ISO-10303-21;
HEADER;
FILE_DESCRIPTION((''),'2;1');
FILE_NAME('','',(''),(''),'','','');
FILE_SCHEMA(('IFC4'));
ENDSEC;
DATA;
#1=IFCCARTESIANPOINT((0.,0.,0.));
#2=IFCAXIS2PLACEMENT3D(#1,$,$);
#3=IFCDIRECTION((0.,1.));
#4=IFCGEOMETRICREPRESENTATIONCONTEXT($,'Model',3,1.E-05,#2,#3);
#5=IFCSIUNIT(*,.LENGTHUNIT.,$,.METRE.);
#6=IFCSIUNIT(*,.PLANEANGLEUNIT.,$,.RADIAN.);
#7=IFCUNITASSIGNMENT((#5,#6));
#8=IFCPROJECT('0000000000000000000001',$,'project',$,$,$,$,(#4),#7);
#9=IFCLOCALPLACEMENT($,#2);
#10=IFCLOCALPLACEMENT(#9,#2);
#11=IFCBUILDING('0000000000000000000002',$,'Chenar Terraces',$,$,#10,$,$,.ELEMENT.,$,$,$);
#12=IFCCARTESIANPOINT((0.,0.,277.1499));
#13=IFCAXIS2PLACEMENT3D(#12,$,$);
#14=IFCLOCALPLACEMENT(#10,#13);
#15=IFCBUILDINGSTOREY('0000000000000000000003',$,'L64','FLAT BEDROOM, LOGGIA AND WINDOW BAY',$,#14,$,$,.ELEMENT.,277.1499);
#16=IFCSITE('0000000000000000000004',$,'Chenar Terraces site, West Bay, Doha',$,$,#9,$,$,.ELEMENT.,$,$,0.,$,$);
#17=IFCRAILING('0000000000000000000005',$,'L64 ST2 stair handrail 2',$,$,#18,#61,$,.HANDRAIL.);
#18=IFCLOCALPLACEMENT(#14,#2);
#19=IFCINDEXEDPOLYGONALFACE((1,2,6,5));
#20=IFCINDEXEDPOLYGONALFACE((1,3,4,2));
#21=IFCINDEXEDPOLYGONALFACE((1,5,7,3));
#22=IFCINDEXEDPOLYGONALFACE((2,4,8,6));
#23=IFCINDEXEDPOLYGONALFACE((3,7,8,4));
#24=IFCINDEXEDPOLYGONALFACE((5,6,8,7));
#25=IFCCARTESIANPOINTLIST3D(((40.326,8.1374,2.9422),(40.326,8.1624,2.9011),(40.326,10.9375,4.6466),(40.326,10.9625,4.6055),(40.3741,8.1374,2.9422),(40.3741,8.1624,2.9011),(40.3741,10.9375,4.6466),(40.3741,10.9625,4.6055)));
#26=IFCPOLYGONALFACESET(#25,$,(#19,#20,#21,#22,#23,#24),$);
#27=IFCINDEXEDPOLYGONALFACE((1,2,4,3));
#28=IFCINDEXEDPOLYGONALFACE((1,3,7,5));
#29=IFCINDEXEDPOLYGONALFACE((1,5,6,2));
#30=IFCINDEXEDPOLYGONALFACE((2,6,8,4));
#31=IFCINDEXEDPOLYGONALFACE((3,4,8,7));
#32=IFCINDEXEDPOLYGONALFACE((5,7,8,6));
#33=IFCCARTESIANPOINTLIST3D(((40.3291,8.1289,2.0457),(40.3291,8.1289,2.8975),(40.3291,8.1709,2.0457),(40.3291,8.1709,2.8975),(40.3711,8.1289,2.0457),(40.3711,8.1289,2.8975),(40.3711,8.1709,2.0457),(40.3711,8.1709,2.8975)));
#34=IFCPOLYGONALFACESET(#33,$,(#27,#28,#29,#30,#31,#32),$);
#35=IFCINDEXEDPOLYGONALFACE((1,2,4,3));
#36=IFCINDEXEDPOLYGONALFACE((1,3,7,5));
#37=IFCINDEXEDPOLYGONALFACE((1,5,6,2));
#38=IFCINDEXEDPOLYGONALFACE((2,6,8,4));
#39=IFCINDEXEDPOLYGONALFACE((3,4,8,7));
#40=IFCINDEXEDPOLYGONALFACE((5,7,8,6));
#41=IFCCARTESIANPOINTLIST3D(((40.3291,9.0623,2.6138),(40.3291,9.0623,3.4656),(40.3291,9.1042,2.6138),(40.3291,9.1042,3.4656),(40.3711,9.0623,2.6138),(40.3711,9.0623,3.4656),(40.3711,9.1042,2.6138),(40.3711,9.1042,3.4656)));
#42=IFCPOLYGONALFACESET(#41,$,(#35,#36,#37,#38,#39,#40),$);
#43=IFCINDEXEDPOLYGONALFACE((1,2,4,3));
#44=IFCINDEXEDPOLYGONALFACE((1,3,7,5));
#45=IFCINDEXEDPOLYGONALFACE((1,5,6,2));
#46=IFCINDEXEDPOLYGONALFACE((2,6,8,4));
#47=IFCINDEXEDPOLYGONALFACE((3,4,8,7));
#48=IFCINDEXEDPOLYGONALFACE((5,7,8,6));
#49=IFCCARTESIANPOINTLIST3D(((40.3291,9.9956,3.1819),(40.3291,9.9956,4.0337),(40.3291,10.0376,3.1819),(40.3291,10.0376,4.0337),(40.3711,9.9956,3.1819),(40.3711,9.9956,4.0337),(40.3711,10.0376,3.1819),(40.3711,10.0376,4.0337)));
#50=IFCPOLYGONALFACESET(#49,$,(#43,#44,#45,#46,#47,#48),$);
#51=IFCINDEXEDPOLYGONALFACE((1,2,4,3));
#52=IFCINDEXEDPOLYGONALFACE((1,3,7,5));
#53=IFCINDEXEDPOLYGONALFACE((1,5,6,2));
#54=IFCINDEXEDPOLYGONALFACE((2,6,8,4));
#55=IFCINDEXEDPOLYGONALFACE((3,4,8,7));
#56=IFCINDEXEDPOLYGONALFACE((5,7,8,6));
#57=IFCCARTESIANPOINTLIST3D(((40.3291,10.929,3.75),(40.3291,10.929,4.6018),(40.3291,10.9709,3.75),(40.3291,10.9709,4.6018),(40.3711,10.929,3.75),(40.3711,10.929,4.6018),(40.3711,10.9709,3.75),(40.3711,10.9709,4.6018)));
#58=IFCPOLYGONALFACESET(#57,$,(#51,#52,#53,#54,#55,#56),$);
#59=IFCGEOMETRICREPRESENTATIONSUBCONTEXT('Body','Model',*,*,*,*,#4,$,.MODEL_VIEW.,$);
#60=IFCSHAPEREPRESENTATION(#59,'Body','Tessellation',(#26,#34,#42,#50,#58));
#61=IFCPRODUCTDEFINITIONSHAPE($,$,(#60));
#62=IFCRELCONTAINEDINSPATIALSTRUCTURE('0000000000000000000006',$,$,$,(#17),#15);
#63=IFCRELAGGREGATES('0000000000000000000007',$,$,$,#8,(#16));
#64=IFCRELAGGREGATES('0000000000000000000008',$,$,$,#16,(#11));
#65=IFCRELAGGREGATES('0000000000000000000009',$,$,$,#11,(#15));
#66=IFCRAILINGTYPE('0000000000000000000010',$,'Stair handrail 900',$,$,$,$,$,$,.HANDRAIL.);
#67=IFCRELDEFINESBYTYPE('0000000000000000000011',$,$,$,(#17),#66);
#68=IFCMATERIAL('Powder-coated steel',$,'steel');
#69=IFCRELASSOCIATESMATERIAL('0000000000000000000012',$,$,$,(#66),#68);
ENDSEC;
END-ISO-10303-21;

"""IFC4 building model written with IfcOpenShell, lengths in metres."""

from ifc_helpers import new_model, si_unit, direction, frame, origin, origin_2d, place, context, subcontext, project, spatial, rectangle, extrude, material, type_object, element, save


model = new_model("IFC4")

# Units and contexts
model_context = context("Model", 3, precision=1e-05, world=origin(), true_north=direction((0.0, 1.0)))
body_context = subcontext(model_context, "Body", "Model", "MODEL_VIEW")
ifc_project = project(units=[si_unit("LENGTHUNIT", "METRE"), si_unit("PLANEANGLEUNIT", "RADIAN")], contexts=[model_context])

# Site, building, storey
site_placement = place(None, origin())
site = spatial("IfcSite", under=ifc_project, at=site_placement, Name="Chenar Terraces site, West Bay, Doha", CompositionType="ELEMENT", RefElevation=0.0)
building_placement = place(site_placement, origin())
building = spatial("IfcBuilding", under=site, at=building_placement, Name="Chenar Terraces", CompositionType="ELEMENT")
storey_placement = place(building_placement, frame((0.0, 0.0, 277.1499)))
storey = spatial("IfcBuildingStorey", under=building, at=storey_placement, Name="L64", Description="FLAT BEDROOM, LOGGIA AND WINDOW BAY", CompositionType="ELEMENT", Elevation=277.1499)

# Railing
ifc_material_1 = material(Name="Powder-coated steel", Category="steel")
railing_type_1 = type_object("IfcRailingType", Name="Stair handrail 900", PredefinedType="HANDRAIL", material=ifc_material_1)
railing_1_placement = place(storey_placement, frame((40.3501, 8.1499, 2.0457)))
element("IfcRailing", 1, at=railing_1_placement, inside=storey, type_object=railing_type_1, Name="L64 ST2 stair handrail 2", PredefinedType="HANDRAIL", context=body_context, shape_type="SweptSolid", body=[
    extrude(rectangle(XDim=0.0481, YDim=0.0481, at=origin_2d()), frame((0.0, 0.0, 0.876), z_axis=(0.0, 0.854203, 0.51994), x_axis=(-1.0, 0.0, 0.0)), (0.0, 0.0, 1.0), 3.2781),
    extrude(rectangle(XDim=0.042, YDim=0.042, at=origin_2d()), origin(), (0.0, 0.0, 1.0), 0.8518),
    extrude(rectangle(XDim=0.042, YDim=0.042, at=origin_2d()), frame((0.0, 0.9333, 0.5681)), (0.0, 0.0, 1.0), 0.8518),
    extrude(rectangle(XDim=0.042, YDim=0.042, at=origin_2d()), frame((0.0, 1.8667, 1.1362)), (0.0, 0.0, 1.0), 0.8518),
    extrude(rectangle(XDim=0.042, YDim=0.042, at=origin_2d()), frame((0.0, 2.8, 1.7043)), (0.0, 0.0, 1.0), 0.8518),
])

save(model, "model.ifc")
